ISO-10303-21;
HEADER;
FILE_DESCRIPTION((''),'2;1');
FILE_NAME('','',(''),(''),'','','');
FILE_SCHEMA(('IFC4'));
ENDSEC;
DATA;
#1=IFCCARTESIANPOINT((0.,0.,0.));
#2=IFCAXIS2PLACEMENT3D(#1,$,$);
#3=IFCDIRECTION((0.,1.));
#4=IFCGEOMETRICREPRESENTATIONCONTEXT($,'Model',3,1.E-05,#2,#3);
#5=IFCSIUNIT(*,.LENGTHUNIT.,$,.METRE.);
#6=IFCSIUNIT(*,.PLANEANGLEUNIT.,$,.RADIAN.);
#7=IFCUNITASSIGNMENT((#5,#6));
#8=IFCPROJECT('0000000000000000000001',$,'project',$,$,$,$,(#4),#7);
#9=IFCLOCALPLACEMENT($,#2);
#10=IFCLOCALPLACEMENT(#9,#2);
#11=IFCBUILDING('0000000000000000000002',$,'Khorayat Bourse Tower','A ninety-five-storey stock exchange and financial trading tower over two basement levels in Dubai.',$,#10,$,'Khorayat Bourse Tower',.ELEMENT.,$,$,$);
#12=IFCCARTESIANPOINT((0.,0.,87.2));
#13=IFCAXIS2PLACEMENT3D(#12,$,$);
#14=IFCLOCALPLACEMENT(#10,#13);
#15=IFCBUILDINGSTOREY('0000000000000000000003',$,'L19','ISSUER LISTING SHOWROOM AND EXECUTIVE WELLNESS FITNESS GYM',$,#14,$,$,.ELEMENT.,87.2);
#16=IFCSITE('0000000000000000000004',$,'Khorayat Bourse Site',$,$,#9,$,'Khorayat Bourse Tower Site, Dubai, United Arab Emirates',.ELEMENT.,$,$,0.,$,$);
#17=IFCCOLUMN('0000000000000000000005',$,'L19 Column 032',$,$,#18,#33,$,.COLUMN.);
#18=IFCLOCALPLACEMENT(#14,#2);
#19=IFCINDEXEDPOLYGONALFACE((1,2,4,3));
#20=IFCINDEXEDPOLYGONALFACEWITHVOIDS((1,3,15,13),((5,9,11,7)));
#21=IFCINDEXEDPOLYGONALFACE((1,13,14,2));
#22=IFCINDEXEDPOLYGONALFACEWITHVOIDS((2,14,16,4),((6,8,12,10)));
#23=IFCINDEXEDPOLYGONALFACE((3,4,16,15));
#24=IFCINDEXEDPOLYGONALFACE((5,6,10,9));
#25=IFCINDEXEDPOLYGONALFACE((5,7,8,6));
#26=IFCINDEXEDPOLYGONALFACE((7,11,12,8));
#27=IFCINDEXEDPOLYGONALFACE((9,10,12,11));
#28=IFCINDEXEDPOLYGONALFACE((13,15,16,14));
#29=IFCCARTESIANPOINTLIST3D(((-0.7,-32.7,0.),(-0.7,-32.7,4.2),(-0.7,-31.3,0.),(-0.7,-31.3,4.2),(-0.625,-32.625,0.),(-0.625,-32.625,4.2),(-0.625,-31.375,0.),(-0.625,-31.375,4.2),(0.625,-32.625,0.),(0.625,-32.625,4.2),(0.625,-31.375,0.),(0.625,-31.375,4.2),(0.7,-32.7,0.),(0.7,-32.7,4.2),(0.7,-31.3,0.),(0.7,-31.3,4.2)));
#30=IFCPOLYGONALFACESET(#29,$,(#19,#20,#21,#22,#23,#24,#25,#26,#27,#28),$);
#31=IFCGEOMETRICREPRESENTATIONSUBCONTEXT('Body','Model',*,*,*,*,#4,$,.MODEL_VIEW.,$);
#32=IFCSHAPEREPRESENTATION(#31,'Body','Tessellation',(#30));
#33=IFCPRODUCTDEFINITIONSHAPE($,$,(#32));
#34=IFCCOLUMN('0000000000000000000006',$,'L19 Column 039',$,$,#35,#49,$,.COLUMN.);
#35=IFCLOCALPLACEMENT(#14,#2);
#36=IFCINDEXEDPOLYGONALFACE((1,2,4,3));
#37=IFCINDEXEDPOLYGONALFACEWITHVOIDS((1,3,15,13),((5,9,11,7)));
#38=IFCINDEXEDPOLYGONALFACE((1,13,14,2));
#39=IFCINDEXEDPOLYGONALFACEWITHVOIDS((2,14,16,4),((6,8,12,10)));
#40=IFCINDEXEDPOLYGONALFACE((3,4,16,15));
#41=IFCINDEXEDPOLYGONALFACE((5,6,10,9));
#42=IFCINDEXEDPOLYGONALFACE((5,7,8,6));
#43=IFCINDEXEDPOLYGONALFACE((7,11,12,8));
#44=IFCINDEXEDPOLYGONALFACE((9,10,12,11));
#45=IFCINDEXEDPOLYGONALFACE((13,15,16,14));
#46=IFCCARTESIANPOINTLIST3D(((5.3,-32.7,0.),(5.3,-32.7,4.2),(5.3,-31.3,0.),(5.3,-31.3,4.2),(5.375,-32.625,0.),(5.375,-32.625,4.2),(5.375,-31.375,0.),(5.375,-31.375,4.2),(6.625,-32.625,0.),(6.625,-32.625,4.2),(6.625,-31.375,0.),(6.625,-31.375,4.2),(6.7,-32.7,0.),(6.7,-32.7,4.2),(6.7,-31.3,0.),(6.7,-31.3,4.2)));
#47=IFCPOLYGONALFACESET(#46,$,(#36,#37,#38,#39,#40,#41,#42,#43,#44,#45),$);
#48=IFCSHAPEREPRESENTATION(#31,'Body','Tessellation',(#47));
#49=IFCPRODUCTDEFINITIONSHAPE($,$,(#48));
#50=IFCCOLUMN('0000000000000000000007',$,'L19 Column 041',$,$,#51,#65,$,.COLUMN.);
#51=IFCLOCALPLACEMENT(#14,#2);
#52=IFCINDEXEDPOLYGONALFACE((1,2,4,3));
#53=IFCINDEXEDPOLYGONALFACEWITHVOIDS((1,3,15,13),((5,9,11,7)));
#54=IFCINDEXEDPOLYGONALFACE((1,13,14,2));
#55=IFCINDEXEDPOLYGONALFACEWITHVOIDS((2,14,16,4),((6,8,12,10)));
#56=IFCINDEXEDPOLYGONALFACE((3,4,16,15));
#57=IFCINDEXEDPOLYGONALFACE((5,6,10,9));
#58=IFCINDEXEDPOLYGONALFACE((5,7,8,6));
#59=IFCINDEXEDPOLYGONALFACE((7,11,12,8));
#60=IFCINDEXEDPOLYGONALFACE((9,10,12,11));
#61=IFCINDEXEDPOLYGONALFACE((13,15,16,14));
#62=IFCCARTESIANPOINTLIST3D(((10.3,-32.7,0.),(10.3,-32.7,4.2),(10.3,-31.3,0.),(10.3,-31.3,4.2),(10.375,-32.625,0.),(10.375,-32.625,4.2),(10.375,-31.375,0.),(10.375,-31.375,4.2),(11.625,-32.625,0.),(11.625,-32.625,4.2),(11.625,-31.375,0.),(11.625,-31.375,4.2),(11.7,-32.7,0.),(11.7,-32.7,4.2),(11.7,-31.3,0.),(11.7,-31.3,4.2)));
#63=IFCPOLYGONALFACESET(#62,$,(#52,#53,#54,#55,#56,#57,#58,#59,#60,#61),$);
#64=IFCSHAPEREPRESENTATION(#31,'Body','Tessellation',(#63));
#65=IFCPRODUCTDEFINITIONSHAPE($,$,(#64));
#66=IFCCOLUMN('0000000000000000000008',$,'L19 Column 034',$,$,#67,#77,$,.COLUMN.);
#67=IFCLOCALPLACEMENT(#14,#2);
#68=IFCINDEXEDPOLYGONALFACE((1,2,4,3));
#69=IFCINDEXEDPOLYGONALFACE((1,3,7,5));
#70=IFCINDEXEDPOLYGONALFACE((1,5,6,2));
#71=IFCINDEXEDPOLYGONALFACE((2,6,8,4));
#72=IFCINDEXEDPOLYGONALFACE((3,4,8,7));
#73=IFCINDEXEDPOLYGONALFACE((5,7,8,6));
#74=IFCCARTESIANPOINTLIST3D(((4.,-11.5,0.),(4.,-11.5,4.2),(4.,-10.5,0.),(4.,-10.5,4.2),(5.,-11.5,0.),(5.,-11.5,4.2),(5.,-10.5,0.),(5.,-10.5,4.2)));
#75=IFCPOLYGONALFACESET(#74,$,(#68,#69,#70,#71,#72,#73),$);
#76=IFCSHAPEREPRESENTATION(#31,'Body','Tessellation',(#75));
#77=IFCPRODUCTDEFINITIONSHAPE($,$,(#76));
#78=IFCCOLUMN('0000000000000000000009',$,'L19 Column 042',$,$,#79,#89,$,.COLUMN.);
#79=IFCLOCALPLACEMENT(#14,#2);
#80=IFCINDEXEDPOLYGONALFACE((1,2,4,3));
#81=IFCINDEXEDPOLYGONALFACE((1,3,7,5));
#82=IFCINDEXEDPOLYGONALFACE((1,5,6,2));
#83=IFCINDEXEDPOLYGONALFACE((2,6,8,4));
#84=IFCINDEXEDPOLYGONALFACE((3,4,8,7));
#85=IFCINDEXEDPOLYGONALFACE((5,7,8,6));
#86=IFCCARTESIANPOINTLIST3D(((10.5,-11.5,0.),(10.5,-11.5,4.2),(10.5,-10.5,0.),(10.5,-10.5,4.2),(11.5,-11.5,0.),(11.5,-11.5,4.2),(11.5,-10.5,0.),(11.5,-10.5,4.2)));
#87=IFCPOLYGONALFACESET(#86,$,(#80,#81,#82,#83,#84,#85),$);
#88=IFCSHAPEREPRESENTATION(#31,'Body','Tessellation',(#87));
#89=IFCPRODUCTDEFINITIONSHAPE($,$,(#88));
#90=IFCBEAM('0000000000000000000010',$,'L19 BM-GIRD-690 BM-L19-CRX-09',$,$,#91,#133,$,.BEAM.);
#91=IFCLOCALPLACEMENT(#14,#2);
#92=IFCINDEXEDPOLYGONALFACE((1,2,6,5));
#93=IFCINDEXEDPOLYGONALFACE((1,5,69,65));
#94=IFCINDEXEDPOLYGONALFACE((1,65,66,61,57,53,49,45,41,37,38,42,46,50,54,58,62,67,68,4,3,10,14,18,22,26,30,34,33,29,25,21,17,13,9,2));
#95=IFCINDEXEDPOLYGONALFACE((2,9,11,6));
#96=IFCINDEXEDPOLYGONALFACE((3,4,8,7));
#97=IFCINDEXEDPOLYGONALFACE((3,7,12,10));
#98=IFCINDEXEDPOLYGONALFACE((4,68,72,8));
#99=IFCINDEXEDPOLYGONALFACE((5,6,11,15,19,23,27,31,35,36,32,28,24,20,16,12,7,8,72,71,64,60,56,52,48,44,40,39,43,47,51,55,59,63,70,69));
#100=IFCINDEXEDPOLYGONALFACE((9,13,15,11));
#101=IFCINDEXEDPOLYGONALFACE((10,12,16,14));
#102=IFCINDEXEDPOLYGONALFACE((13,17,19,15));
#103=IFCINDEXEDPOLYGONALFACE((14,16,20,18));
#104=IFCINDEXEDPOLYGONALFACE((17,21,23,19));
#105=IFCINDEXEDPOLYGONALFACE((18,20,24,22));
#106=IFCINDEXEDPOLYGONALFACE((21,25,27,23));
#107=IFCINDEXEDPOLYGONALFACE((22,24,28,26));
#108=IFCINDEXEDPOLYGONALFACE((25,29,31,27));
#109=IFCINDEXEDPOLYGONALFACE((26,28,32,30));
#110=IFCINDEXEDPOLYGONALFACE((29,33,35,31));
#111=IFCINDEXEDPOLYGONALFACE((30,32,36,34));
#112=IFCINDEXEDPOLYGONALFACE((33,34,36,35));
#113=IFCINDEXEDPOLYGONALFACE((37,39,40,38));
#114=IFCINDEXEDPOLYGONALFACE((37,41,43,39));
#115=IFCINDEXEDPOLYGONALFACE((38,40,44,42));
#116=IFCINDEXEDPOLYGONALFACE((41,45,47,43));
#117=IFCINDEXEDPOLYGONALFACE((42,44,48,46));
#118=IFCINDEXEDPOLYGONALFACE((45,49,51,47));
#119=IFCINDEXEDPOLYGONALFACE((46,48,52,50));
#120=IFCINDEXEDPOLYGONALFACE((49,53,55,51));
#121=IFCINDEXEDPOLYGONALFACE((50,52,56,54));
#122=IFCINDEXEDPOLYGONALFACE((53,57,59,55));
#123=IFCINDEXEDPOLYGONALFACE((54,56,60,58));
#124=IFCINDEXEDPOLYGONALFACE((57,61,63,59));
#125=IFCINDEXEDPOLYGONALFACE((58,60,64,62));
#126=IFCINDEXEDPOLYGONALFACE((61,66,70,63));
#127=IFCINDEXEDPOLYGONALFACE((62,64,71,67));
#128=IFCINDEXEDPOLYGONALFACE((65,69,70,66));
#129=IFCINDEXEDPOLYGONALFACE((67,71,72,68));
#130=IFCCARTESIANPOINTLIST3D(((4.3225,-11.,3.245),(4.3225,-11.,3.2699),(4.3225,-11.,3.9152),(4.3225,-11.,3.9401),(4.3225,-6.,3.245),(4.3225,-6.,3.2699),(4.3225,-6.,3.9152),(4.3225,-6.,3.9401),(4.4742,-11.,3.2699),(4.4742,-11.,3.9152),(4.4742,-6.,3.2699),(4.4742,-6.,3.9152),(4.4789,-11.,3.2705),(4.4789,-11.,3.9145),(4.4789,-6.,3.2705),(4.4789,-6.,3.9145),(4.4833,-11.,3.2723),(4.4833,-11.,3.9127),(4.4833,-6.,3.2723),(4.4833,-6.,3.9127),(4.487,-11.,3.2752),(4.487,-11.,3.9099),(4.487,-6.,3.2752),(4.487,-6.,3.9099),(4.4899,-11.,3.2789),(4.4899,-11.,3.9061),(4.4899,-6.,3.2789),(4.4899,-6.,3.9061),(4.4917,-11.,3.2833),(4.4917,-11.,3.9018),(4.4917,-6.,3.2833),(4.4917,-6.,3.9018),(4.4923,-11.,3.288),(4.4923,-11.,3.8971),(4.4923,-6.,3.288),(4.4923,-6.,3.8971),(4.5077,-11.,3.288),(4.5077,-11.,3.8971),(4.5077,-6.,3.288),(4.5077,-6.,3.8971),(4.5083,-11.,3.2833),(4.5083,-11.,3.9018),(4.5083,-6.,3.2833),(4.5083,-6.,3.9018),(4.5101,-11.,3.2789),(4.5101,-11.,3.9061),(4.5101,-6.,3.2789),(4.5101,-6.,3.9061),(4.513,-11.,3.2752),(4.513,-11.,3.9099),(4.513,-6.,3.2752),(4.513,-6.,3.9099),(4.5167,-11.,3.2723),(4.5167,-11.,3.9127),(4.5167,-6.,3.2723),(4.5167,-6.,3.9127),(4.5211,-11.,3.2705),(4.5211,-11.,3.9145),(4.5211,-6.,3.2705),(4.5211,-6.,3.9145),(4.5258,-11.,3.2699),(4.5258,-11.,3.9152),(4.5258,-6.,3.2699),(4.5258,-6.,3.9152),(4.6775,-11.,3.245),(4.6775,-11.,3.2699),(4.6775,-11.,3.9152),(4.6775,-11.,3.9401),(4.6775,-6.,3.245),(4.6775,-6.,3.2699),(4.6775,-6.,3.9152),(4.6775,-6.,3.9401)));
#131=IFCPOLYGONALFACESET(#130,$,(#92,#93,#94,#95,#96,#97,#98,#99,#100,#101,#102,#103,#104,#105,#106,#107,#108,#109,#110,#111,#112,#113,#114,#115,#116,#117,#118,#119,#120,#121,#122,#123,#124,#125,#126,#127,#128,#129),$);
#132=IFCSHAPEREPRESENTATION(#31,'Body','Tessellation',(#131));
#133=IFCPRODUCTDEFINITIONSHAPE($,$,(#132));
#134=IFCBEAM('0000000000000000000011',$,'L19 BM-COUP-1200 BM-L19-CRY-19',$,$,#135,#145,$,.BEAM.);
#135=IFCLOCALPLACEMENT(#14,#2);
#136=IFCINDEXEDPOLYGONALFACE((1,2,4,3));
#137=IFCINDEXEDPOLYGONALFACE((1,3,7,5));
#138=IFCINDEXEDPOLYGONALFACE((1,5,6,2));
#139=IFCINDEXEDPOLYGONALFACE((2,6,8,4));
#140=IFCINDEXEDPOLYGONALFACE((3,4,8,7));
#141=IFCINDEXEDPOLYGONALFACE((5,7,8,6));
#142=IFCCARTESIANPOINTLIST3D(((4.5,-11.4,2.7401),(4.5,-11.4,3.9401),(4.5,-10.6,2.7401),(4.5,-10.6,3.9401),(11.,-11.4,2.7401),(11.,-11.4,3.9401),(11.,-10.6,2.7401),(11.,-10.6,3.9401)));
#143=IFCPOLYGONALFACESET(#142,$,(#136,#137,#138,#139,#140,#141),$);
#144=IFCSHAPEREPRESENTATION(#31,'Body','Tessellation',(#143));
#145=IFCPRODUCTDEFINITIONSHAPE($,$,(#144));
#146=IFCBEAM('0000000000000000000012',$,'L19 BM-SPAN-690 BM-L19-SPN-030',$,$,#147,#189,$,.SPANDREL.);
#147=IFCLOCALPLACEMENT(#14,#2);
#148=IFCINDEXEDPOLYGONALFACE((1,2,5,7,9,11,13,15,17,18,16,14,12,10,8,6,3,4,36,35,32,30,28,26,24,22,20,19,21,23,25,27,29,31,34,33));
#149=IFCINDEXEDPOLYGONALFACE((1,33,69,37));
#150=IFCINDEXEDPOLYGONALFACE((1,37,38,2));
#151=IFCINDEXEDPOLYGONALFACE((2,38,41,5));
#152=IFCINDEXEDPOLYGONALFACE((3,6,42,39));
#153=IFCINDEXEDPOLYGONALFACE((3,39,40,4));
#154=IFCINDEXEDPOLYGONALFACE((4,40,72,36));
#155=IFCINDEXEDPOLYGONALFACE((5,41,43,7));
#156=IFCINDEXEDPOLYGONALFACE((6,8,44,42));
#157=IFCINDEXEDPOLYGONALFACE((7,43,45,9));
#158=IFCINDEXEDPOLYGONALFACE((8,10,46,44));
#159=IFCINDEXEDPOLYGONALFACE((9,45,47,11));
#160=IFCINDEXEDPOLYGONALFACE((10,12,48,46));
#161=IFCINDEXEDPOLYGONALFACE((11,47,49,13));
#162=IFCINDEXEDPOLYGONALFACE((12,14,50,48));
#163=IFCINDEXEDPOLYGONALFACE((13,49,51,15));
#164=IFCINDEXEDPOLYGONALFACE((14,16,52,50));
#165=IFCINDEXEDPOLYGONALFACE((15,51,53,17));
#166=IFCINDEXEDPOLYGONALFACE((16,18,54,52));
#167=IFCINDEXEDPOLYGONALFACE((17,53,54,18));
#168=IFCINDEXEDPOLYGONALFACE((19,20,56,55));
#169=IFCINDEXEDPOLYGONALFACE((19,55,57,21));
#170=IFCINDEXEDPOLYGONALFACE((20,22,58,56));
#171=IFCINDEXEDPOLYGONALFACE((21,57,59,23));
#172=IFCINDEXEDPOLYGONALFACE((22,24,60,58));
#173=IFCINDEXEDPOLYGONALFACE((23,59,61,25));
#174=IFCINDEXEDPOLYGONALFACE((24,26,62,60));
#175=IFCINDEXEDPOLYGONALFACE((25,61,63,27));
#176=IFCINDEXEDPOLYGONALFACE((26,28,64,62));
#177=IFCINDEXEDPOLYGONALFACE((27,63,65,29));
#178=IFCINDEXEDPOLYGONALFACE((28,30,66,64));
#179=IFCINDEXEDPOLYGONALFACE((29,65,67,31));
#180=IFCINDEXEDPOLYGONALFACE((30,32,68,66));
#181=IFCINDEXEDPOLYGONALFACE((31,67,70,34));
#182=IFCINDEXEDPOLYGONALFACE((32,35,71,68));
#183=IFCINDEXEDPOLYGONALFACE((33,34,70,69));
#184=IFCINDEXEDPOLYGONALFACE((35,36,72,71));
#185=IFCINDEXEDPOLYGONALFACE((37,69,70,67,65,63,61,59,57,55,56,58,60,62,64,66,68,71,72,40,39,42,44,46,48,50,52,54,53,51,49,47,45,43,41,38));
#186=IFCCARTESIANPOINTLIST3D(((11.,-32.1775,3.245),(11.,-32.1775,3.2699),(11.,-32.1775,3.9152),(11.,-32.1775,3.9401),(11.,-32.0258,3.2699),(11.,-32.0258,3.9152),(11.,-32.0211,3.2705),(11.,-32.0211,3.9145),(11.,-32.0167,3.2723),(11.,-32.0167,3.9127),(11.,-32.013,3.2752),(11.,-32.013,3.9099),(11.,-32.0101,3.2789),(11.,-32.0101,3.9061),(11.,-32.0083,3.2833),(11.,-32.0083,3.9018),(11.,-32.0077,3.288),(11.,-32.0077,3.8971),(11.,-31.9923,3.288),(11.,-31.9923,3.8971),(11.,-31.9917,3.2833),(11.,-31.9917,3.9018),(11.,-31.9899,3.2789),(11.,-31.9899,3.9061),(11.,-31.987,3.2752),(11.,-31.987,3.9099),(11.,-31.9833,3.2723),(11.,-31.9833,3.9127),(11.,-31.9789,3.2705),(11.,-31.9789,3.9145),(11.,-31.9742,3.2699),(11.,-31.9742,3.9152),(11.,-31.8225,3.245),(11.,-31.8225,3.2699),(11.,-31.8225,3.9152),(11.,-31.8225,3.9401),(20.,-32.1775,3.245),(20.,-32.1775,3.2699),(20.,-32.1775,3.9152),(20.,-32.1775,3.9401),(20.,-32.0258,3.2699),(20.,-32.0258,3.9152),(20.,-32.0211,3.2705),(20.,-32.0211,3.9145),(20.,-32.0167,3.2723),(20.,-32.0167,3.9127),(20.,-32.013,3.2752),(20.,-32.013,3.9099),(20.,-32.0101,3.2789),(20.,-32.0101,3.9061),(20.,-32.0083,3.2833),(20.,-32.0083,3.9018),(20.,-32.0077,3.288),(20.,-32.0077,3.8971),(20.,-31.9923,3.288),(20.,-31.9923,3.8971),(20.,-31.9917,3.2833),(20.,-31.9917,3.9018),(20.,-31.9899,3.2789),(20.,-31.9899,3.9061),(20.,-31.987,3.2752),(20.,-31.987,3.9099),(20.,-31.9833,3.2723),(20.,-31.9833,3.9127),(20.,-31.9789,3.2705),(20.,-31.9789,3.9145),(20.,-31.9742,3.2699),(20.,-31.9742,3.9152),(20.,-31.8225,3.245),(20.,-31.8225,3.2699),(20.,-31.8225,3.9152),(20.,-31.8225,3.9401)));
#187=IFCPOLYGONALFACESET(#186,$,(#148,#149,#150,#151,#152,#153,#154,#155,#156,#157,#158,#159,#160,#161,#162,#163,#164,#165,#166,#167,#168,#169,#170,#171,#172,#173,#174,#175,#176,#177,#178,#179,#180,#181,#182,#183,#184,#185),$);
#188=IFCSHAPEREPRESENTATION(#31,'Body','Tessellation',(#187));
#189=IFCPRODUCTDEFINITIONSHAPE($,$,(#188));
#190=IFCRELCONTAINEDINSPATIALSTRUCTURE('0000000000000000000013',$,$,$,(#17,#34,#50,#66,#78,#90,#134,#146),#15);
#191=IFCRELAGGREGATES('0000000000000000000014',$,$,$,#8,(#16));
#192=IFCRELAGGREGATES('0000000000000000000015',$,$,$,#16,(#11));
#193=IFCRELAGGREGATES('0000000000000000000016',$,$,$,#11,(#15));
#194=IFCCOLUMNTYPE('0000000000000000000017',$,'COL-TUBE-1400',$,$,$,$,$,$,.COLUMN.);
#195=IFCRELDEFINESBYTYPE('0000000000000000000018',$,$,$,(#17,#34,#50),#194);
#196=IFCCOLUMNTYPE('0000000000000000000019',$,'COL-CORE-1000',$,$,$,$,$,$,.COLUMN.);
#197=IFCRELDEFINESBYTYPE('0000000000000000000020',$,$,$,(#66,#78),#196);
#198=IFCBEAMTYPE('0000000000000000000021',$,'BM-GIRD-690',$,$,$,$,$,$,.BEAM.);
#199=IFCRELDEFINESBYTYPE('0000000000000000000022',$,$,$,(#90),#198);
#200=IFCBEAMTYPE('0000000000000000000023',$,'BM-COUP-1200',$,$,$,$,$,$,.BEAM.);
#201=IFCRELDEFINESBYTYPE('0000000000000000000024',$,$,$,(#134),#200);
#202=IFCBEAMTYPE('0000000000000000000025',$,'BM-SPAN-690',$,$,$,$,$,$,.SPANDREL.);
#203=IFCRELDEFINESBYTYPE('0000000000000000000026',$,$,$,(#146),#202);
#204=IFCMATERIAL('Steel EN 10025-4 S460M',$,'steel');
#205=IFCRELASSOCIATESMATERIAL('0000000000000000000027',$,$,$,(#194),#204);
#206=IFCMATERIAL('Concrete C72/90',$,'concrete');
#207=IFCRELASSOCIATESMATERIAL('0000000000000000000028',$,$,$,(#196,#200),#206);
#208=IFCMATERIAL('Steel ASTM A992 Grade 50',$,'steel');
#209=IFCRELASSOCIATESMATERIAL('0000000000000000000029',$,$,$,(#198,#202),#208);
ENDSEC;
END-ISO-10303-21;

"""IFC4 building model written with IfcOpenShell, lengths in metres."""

from ifc_helpers import new_model, si_unit, direction, frame, origin, origin_2d, place, context, subcontext, project, spatial, rectangle, hollow_rectangle, i_section, extrude, source, transform, mapped, material, material_profile, profile_set, type_object, element, save


model = new_model("IFC4")

# Units and contexts
model_context = context("Model", 3, precision=1e-05, world=origin(), true_north=direction((0.0, 1.0)))
body_context = subcontext(model_context, "Body", "Model", "MODEL_VIEW")
ifc_project = project(units=[si_unit("LENGTHUNIT", "METRE"), si_unit("PLANEANGLEUNIT", "RADIAN")], contexts=[model_context])

# Site, building, storey
site_placement = place(None, origin())
site = spatial("IfcSite", under=ifc_project, at=site_placement, Name="Khorayat Bourse Site", LongName="Khorayat Bourse Tower Site, Dubai, United Arab Emirates", CompositionType="ELEMENT", RefElevation=0.0)
building_placement = place(site_placement, origin())
building = spatial("IfcBuilding", under=site, at=building_placement, Name="Khorayat Bourse Tower", Description="A ninety-five-storey stock exchange and financial trading tower over two basement levels in Dubai.", LongName="Khorayat Bourse Tower", CompositionType="ELEMENT")
storey_placement = place(building_placement, frame((0.0, 0.0, 87.2)))
storey = spatial("IfcBuildingStorey", under=building, at=storey_placement, Name="L19", Description="ISSUER LISTING SHOWROOM AND EXECUTIVE WELLNESS FITNESS GYM", CompositionType="ELEMENT", Elevation=87.2)

# Columns
ifc_material_1 = material(Name="Steel EN 10025-4 S460M", Category="steel")
ifc_material_profile_1 = material_profile(ifc_material_1, hollow_rectangle(XDim=1.3999, YDim=1.3999, WallThickness=0.075, at=origin_2d()), Name="BOX 1400x1400x75")
ifc_profile_set_1 = profile_set([ifc_material_profile_1], Name="Steel EN 10025-4 S460M")
column_type_1 = type_object("IfcColumnType", Name="COL-TUBE-1400", PredefinedType="COLUMN", material=ifc_profile_set_1)
shared_shape_1 = source(origin(), body_context, "Body", "SweptSolid", [
    extrude(hollow_rectangle(XDim=1.3999, YDim=1.3999, WallThickness=0.075, at=origin_2d()), origin(), (0.0, 0.0, 1.0), 4.2),
])
for number, where, z_axis, x_axis, name in (
    (1, (0.0, -32.0, 0.0), (0.0, 0.0, 1.0), (1.0, 0.0, 0.0), "L19 Column 032"),
    (2, (6.0, -32.0, 0.0), (0.0, 0.0, 1.0), (1.0, 0.0, 0.0), "L19 Column 039"),
    (3, (11.0, -32.0, 0.0), (0.0, 0.0, 1.0), (1.0, 0.0, 0.0), "L19 Column 041"),
):
    element("IfcColumn", number, at=place(storey_placement, frame(where, z_axis=z_axis, x_axis=x_axis)), inside=storey, type_object=column_type_1, Name=name, PredefinedType="COLUMN", context=body_context, shape_type="MappedRepresentation", body=[
        mapped(shared_shape_1, transform((0.0, 0.0, 0.0), scale=1.0)),
    ])
ifc_material_2 = material(Name="Concrete C72/90", Category="concrete")
ifc_material_profile_2 = material_profile(ifc_material_2, rectangle(XDim=1.0, YDim=1.0, at=origin_2d()), Name="RC 1000x1000")
ifc_profile_set_2 = profile_set([ifc_material_profile_2], Name="Concrete C72/90")
column_type_2 = type_object("IfcColumnType", Name="COL-CORE-1000", PredefinedType="COLUMN", material=ifc_profile_set_2)
shared_shape_2 = source(origin(), body_context, "Body", "SweptSolid", [
    extrude(rectangle(XDim=1.0, YDim=1.0, at=origin_2d()), origin(), (0.0, 0.0, 1.0), 4.2),
])
for number, where, z_axis, x_axis, name in (
    (4, (4.5, -11.0, 0.0), (0.0, 0.0, 1.0), (1.0, 0.0, 0.0), "L19 Column 034"),
    (5, (11.0, -11.0, 0.0), (0.0, 0.0, 1.0), (1.0, 0.0, 0.0), "L19 Column 042"),
):
    element("IfcColumn", number, at=place(storey_placement, frame(where, z_axis=z_axis, x_axis=x_axis)), inside=storey, type_object=column_type_2, Name=name, PredefinedType="COLUMN", context=body_context, shape_type="MappedRepresentation", body=[
        mapped(shared_shape_2, transform((0.0, 0.0, 0.0), scale=1.0)),
    ])

# Beams
ifc_material_3 = material(Name="Steel ASTM A992 Grade 50", Category="steel")
ifc_material_profile_3 = material_profile(ifc_material_3, i_section(OverallWidth=0.355, OverallDepth=0.6951, WebThickness=0.0154, FlangeThickness=0.0249, FilletRadius=0.0181, at=origin_2d()), Name="W690X217")
ifc_profile_set_3 = profile_set([ifc_material_profile_3], Name="Steel ASTM A992 Grade 50")
beam_type_1 = type_object("IfcBeamType", Name="BM-GIRD-690", PredefinedType="BEAM", material=ifc_profile_set_3)
shared_shape_3 = source(origin(), body_context, "Body", "SweptSolid", [
    extrude(i_section(OverallWidth=0.355, OverallDepth=0.6951, WebThickness=0.0154, FlangeThickness=0.0249, FilletRadius=0.0181, at=origin_2d()), origin(), (0.0, 0.0, 1.0), 5.0),
])
beam_1_placement = place(storey_placement, frame((4.5, -11.0, 3.5925), z_axis=(0.0, 1.0, 0.0), x_axis=(-1.0, 0.0, 0.0)))
element("IfcBeam", 6, at=beam_1_placement, inside=storey, type_object=beam_type_1, Name="L19 BM-GIRD-690 BM-L19-CRX-09", PredefinedType="BEAM", context=body_context, shape_type="MappedRepresentation", body=[
    mapped(shared_shape_3, transform((0.0, 0.0, 0.0), scale=1.0)),
])
ifc_material_profile_4 = material_profile(ifc_material_2, rectangle(XDim=0.8, YDim=1.2, at=origin_2d()), Name="RC 800x1200")
ifc_profile_set_4 = profile_set([ifc_material_profile_4], Name="Concrete C72/90")
beam_type_2 = type_object("IfcBeamType", Name="BM-COUP-1200", PredefinedType="BEAM", material=ifc_profile_set_4)
shared_shape_4 = source(origin(), body_context, "Body", "SweptSolid", [
    extrude(rectangle(XDim=0.8, YDim=1.2, at=origin_2d()), origin(), (0.0, 0.0, 1.0), 6.5),
])
beam_2_placement = place(storey_placement, frame((4.5, -11.0, 3.3401), z_axis=(1.0, 0.0, 0.0), x_axis=(0.0, 1.0, 0.0)))
element("IfcBeam", 7, at=beam_2_placement, inside=storey, type_object=beam_type_2, Name="L19 BM-COUP-1200 BM-L19-CRY-19", PredefinedType="BEAM", context=body_context, shape_type="MappedRepresentation", body=[
    mapped(shared_shape_4, transform((0.0, 0.0, 0.0), scale=1.0)),
])
ifc_material_profile_5 = material_profile(ifc_material_3, i_section(OverallWidth=0.355, OverallDepth=0.6951, WebThickness=0.0154, FlangeThickness=0.0249, FilletRadius=0.0181, at=origin_2d()), Name="W690X217")
ifc_profile_set_5 = profile_set([ifc_material_profile_5], Name="Steel ASTM A992 Grade 50")
beam_type_3 = type_object("IfcBeamType", Name="BM-SPAN-690", PredefinedType="SPANDREL", material=ifc_profile_set_5)
shared_shape_5 = source(origin(), body_context, "Body", "SweptSolid", [
    extrude(i_section(OverallWidth=0.355, OverallDepth=0.6951, WebThickness=0.0154, FlangeThickness=0.0249, FilletRadius=0.0181, at=origin_2d()), origin(), (0.0, 0.0, 1.0), 9.0),
])
beam_3_placement = place(storey_placement, frame((11.0, -32.0, 3.5925), z_axis=(1.0, 0.0, 0.0), x_axis=(0.0, 1.0, 0.0)))
element("IfcBeam", 8, at=beam_3_placement, inside=storey, type_object=beam_type_3, Name="L19 BM-SPAN-690 BM-L19-SPN-030", PredefinedType="SPANDREL", context=body_context, shape_type="MappedRepresentation", body=[
    mapped(shared_shape_5, transform((0.0, 0.0, 0.0), scale=1.0)),
])

save(model, "model.ifc")
